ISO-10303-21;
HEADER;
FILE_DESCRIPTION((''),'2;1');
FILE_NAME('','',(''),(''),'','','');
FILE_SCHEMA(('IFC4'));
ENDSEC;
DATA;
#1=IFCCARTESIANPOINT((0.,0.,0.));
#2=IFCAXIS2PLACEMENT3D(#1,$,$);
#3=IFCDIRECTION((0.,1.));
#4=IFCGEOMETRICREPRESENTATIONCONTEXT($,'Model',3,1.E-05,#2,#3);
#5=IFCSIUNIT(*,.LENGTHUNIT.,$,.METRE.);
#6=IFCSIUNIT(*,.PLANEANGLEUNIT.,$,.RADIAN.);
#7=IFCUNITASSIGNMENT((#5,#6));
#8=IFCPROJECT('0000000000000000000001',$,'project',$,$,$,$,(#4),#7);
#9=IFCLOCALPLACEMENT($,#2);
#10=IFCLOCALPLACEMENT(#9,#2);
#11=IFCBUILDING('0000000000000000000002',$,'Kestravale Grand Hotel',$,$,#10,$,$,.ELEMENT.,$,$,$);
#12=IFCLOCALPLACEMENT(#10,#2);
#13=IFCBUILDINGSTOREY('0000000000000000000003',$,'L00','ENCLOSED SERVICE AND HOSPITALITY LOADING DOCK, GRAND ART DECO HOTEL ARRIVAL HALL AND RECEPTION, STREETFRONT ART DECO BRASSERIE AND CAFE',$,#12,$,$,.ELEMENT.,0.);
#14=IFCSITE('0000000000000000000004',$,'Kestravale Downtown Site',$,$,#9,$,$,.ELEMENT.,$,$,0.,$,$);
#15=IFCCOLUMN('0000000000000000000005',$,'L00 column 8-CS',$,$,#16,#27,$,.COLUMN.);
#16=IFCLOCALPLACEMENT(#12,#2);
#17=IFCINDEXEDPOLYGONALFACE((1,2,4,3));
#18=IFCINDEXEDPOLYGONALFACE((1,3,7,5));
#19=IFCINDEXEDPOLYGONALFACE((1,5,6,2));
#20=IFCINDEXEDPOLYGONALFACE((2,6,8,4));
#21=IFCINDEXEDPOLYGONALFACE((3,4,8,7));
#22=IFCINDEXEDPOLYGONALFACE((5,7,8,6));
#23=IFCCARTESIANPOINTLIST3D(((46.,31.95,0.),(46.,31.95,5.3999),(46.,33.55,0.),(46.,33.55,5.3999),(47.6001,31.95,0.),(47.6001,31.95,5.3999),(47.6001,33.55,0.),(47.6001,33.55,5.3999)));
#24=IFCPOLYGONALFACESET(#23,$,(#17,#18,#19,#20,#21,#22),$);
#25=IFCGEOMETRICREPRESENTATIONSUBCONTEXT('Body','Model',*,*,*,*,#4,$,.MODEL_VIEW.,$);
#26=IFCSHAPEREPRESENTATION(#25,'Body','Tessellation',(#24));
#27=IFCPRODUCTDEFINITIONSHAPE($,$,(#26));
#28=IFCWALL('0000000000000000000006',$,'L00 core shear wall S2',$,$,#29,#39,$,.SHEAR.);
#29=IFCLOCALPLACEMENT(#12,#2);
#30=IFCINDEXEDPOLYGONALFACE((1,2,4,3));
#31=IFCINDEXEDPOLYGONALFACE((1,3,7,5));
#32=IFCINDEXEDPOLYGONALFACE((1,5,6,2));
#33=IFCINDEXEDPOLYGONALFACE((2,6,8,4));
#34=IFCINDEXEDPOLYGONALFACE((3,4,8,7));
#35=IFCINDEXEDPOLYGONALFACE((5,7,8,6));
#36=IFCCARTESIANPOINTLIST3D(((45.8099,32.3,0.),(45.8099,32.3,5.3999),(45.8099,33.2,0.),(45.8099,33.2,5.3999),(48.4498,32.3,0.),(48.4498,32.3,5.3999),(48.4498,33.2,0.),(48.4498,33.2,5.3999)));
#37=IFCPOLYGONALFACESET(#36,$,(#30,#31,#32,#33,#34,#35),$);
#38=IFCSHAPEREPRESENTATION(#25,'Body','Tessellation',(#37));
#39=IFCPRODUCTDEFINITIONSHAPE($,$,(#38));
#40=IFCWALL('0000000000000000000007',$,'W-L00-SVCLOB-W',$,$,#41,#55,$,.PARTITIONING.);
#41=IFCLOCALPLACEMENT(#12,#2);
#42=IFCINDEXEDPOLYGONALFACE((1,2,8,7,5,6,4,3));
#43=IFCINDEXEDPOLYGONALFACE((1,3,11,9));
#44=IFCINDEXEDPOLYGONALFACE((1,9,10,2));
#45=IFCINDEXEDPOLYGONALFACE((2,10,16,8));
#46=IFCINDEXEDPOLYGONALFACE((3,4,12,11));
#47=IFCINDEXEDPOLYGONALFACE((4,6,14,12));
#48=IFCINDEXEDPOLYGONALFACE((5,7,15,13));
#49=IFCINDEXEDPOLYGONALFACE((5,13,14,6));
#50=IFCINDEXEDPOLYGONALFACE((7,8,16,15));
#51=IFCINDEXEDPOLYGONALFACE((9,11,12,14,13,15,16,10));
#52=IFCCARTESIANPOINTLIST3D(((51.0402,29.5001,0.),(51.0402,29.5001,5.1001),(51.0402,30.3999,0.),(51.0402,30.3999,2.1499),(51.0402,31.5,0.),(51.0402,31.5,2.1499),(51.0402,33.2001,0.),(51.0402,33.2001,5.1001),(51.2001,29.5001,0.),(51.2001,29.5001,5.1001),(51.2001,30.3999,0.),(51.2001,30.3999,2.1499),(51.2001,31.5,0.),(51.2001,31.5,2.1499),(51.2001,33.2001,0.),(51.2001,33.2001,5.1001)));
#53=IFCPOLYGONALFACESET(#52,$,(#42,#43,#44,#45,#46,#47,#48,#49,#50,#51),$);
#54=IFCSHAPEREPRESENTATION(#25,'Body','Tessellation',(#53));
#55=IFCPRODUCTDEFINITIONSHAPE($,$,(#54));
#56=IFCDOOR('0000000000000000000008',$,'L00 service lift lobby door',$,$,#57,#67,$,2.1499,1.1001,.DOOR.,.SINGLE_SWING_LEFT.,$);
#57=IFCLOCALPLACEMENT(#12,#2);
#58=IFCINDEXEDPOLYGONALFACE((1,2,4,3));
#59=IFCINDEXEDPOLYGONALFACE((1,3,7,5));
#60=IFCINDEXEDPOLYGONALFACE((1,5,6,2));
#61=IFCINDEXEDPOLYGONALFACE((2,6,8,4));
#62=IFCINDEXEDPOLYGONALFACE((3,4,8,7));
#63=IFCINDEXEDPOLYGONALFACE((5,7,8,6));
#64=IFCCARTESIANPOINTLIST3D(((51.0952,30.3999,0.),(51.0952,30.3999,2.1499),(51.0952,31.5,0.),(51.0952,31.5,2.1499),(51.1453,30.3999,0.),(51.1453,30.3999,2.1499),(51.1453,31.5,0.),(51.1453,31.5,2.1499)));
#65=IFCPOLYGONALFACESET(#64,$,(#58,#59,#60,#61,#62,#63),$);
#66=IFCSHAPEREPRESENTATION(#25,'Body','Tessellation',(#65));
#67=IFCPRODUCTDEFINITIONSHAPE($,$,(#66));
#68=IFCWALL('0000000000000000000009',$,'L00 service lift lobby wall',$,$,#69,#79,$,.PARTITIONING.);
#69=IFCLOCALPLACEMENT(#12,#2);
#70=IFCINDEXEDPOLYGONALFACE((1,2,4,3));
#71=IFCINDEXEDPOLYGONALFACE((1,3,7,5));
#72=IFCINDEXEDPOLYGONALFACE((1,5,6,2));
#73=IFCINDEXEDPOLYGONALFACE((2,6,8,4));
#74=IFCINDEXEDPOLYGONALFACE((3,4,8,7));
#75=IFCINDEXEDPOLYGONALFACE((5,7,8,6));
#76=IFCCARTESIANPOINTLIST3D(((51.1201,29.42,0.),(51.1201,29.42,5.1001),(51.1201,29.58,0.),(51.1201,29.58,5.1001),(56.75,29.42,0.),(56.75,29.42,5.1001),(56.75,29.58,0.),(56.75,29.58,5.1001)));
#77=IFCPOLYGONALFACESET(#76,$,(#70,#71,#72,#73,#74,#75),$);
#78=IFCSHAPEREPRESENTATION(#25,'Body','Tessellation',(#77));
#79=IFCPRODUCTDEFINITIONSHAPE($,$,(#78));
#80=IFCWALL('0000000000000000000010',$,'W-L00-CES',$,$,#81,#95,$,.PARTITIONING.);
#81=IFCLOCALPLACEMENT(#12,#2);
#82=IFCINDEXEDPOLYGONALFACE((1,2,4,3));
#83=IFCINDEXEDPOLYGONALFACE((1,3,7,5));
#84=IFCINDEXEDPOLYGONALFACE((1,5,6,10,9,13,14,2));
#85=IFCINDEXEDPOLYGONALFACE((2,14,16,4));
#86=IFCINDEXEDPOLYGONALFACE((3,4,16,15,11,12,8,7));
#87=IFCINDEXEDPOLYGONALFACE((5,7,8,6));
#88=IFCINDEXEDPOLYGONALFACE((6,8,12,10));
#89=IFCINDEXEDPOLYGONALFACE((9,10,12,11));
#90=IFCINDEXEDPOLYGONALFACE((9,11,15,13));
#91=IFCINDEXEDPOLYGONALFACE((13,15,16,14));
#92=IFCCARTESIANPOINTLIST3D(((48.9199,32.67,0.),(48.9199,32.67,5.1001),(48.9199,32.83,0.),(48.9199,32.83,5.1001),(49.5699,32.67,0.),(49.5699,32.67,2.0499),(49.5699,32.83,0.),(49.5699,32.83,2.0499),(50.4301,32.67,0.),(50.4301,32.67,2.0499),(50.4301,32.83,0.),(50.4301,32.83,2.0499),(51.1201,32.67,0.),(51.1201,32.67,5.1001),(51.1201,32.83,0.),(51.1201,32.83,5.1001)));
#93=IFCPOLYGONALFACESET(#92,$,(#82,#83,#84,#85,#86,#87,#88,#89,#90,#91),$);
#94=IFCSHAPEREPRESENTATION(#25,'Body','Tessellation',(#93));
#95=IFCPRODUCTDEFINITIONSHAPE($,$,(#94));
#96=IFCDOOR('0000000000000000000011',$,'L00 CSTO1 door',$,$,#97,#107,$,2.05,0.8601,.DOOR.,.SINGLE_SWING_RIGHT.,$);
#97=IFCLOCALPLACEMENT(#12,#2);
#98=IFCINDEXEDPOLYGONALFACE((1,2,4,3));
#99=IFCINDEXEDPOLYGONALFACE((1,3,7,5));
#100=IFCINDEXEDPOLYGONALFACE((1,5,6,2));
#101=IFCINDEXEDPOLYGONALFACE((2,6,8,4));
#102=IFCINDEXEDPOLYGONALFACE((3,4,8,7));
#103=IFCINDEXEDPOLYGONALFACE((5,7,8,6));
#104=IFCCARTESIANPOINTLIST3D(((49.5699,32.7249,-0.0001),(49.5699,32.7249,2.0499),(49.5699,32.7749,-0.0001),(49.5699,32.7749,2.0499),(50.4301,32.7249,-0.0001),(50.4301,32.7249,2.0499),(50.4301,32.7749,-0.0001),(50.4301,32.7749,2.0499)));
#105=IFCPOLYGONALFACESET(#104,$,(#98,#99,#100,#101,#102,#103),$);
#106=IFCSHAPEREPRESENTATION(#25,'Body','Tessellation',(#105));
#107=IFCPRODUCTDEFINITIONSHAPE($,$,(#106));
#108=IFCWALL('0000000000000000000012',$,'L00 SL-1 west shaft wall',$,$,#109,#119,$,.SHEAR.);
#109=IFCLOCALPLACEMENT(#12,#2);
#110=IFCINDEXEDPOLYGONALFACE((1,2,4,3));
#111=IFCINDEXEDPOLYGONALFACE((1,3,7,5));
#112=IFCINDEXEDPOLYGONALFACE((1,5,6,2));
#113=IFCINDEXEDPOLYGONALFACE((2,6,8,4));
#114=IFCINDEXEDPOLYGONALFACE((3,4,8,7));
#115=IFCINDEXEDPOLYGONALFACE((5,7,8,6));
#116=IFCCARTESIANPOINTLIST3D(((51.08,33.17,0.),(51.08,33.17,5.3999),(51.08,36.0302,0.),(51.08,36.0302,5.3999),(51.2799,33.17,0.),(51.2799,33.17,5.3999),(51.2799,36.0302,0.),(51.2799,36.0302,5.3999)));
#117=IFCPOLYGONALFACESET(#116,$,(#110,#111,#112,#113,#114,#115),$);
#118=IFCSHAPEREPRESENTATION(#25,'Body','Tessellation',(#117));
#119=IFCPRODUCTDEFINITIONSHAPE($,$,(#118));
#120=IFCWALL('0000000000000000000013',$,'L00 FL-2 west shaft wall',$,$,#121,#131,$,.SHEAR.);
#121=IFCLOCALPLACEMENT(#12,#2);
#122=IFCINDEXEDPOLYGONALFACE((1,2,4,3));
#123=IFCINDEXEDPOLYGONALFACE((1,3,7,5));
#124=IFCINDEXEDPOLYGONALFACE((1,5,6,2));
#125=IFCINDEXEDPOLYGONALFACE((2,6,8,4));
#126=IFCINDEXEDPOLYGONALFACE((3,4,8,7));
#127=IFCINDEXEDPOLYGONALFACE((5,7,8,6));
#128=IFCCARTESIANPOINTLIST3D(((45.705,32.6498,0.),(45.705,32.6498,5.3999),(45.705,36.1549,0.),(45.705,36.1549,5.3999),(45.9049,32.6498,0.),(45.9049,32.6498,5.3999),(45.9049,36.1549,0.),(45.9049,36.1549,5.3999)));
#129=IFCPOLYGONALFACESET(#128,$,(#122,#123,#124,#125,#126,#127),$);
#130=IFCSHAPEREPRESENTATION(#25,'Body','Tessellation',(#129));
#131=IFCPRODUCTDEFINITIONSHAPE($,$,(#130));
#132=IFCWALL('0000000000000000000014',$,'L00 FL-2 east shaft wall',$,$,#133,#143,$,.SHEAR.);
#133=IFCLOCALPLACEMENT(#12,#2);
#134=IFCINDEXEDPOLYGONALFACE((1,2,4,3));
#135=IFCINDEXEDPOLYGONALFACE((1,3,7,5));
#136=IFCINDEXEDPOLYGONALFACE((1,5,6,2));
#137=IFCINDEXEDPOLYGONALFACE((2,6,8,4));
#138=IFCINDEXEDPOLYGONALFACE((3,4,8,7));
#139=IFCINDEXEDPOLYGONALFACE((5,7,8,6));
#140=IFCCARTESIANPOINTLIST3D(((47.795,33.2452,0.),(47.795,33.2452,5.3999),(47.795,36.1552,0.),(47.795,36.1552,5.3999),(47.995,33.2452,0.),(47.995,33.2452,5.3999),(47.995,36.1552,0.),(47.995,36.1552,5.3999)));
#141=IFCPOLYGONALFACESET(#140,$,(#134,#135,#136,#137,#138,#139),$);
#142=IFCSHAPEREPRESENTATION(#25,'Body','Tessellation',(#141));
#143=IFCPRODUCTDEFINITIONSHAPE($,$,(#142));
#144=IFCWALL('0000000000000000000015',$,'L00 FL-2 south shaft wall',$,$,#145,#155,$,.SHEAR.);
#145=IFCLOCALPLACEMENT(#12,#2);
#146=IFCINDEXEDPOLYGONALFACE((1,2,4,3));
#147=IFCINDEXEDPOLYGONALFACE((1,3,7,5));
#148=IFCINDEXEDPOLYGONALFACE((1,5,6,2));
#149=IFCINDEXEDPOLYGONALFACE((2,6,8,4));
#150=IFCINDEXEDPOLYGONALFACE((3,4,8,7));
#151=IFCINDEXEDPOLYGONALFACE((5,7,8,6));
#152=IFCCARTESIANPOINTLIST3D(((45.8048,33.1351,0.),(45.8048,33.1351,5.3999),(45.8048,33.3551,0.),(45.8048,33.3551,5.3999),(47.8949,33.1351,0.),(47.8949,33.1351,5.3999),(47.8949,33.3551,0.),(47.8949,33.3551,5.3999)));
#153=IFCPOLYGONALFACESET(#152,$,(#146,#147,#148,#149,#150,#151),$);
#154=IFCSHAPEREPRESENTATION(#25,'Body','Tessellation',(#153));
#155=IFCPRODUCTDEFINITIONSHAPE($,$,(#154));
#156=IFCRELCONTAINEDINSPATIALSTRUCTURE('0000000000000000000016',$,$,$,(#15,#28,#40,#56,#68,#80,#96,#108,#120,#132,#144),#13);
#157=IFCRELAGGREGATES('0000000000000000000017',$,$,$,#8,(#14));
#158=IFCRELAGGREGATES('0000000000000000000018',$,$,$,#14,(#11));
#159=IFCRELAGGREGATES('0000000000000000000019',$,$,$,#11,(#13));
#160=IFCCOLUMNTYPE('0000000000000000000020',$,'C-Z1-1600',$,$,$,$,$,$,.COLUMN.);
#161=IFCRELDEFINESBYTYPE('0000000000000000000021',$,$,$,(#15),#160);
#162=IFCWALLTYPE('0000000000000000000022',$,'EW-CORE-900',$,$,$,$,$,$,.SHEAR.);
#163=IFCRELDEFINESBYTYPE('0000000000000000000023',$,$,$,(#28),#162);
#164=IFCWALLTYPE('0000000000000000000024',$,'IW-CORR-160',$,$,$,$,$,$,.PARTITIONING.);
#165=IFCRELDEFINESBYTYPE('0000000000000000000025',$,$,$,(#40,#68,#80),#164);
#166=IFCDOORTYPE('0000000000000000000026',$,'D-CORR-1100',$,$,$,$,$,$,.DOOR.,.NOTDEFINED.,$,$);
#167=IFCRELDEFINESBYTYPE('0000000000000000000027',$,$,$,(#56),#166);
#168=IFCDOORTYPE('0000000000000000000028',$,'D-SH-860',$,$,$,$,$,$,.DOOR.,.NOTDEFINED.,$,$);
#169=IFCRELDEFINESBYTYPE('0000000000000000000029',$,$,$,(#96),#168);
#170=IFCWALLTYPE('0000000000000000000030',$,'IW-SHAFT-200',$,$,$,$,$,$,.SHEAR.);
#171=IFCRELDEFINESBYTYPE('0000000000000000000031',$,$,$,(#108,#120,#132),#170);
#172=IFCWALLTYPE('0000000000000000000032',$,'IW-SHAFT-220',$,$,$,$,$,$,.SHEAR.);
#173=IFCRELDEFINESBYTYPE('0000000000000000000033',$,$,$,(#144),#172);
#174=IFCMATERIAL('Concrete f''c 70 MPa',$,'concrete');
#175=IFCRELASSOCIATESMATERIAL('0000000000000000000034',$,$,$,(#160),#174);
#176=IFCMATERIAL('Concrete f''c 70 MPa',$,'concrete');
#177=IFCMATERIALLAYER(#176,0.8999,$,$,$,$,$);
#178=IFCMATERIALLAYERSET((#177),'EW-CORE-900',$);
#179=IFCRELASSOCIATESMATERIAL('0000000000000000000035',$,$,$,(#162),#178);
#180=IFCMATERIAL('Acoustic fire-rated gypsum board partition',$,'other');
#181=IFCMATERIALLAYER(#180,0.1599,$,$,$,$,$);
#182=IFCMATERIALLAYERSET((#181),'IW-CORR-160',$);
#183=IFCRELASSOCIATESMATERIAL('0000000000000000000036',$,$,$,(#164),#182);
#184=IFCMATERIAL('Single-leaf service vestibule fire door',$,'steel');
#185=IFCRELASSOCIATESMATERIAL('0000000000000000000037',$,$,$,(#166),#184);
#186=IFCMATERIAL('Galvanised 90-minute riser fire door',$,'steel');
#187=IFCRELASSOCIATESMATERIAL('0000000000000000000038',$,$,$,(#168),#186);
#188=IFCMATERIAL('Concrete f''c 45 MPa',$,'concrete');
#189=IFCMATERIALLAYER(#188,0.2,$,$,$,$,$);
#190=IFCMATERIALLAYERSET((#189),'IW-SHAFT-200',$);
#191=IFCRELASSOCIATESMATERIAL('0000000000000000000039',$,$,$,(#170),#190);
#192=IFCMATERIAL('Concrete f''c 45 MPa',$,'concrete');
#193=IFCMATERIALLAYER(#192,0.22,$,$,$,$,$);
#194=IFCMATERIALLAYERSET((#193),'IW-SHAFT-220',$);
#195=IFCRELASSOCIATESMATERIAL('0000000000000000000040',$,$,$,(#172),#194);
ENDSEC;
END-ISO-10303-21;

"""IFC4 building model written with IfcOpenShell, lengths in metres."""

from ifc_helpers import new_model, si_unit, direction, frame, frame_2d, origin, origin_2d, place, context, subcontext, project, spatial, rectangle, extrude, material, layer, layer_set, material_profile, profile_set, type_object, element, fill, save


model = new_model("IFC4")

# Units and contexts
model_context = context("Model", 3, precision=1e-05, world=origin(), true_north=direction((0.0, 1.0)))
body_context = subcontext(model_context, "Body", "Model", "MODEL_VIEW")
ifc_project = project(units=[si_unit("LENGTHUNIT", "METRE"), si_unit("PLANEANGLEUNIT", "RADIAN")], contexts=[model_context])

# Site, building, storey
site_placement = place(None, origin())
site = spatial("IfcSite", under=ifc_project, at=site_placement, Name="Kestravale Downtown Site", CompositionType="ELEMENT", RefElevation=0.0)
building_placement = place(site_placement, origin())
building = spatial("IfcBuilding", under=site, at=building_placement, Name="Kestravale Grand Hotel", CompositionType="ELEMENT")
storey_placement = place(building_placement, origin())
storey = spatial("IfcBuildingStorey", under=building, at=storey_placement, Name="L00", Description="ENCLOSED SERVICE AND HOSPITALITY LOADING DOCK, GRAND ART DECO HOTEL ARRIVAL HALL AND RECEPTION, STREETFRONT ART DECO BRASSERIE AND CAFE", CompositionType="ELEMENT", Elevation=0.0)

# Column
ifc_material_1 = material(Name="Concrete f'c 70 MPa", Category="concrete")
ifc_material_profile = material_profile(ifc_material_1, rectangle(XDim=1.6001, YDim=1.6001, at=origin_2d()))
ifc_profile_set = profile_set([ifc_material_profile], Name="Concrete f'c 70 MPa")
column_type = type_object("IfcColumnType", Name="C-Z1-1600", PredefinedType="COLUMN", material=ifc_profile_set)
column_placement = place(storey_placement, frame((46.8, 32.75, 0.0), z_axis=(0.0, 0.0, 1.0), x_axis=(1.0, 0.0, 0.0)))
element("IfcColumn", 1, at=column_placement, inside=storey, type_object=column_type, Name="L00 column 8-CS", PredefinedType="COLUMN", context=body_context, shape_type="SweptSolid", body=[
    extrude(rectangle(XDim=1.6001, YDim=1.6001, at=origin_2d()), origin(), (0.0, 0.0, 1.0), 5.3999),
])

# Wall
ifc_material_2 = material(Name="Concrete f'c 70 MPa", Category="concrete")
ifc_layer_1 = layer(ifc_material_2, 0.8999)
ifc_layer_set_1 = layer_set([ifc_layer_1], Name="EW-CORE-900")
wall_type_1 = type_object("IfcWallType", Name="EW-CORE-900", PredefinedType="SHEAR", material=ifc_layer_set_1)
wall_1_placement = place(storey_placement, frame((45.8101, 32.75, 0.0), z_axis=(0.0, 0.0, 1.0), x_axis=(1.0, 0.0, 0.0)))
element("IfcWall", 2, at=wall_1_placement, inside=storey, type_object=wall_type_1, Name="L00 core shear wall S2", PredefinedType="SHEAR", context=body_context, shape_type="SweptSolid", body=[
    extrude(rectangle(XDim=2.6399, YDim=0.8999, at=frame_2d((1.3198, 0.0))), origin(), (0.0, 0.0, 1.0), 5.3999),
])

# Wall, opening, door
ifc_material_3 = material(Name="Acoustic fire-rated gypsum board partition", Category="other")
ifc_layer_2 = layer(ifc_material_3, 0.1599)
ifc_layer_set_2 = layer_set([ifc_layer_2], Name="IW-CORR-160")
wall_type_2 = type_object("IfcWallType", Name="IW-CORR-160", PredefinedType="PARTITIONING", material=ifc_layer_set_2)
wall_2_placement = place(storey_placement, frame((51.1201, 29.5, 0.0), z_axis=(0.0, 0.0, 1.0), x_axis=(0.0, 1.0, 0.0)))
wall_2 = element("IfcWall", 3, at=wall_2_placement, inside=storey, type_object=wall_type_2, Name="W-L00-SVCLOB-W", PredefinedType="PARTITIONING", context=body_context, shape_type="SweptSolid", body=[
    extrude(rectangle(XDim=3.7, YDim=0.1599, at=frame_2d((1.8501, 0.0))), origin(), (0.0, 0.0, 1.0), 5.1001),
])
opening_1_placement = place(wall_2_placement, frame((0.8999, 0.0, 0.0)))
opening_1 = element("IfcOpeningElement", 4, at=opening_1_placement, cuts=wall_2, PredefinedType="OPENING", context=body_context, shape_type="SweptSolid", body=[
    extrude(rectangle(XDim=1.1001, YDim=2.1499, at=frame_2d((0.55, 1.075))), frame((0.0, 0.0898, 0.0), z_axis=(0.0, -1.0, 0.0), x_axis=(1.0, 0.0, 0.0)), (0.0, 0.0, 1.0), 0.1799),
])
ifc_material_4 = material(Name="Single-leaf service vestibule fire door", Category="steel")
door_type_1 = type_object("IfcDoorType", Name="D-CORR-1100", OperationType="NOTDEFINED", PredefinedType="DOOR", material=ifc_material_4)
door_1_placement = place(opening_1_placement, origin())
door_1 = element("IfcDoor", 5, at=door_1_placement, inside=storey, type_object=door_type_1, Name="L00 service lift lobby door", OperationType="SINGLE_SWING_LEFT", OverallHeight=2.1499, OverallWidth=1.1001, PredefinedType="DOOR", context=body_context, shape_type="SweptSolid", body=[
    extrude(rectangle(XDim=1.1001, YDim=2.1499, at=frame_2d((0.55, 1.075))), frame((0.0, 0.0249, 0.0), z_axis=(0.0, -1.0, 0.0), x_axis=(1.0, 0.0, 0.0)), (0.0, 0.0, 1.0), 0.05),
])
fill(opening_1, door_1)

# Wall
wall_3_placement = place(storey_placement, frame((51.1201, 29.5, 0.0), z_axis=(0.0, 0.0, 1.0), x_axis=(1.0, 0.0, 0.0)))
element("IfcWall", 6, at=wall_3_placement, inside=storey, type_object=wall_type_2, Name="L00 service lift lobby wall", PredefinedType="PARTITIONING", context=body_context, shape_type="SweptSolid", body=[
    extrude(rectangle(XDim=5.6299, YDim=0.1599, at=frame_2d((2.8149, 0.0))), origin(), (0.0, 0.0, 1.0), 5.1001),
])

# Wall, opening, door
wall_4_placement = place(storey_placement, frame((48.9199, 32.75, 0.0), z_axis=(0.0, 0.0, 1.0), x_axis=(1.0, 0.0, 0.0)))
wall_4 = element("IfcWall", 7, at=wall_4_placement, inside=storey, type_object=wall_type_2, Name="W-L00-CES", PredefinedType="PARTITIONING", context=body_context, shape_type="SweptSolid", body=[
    extrude(rectangle(XDim=2.2002, YDim=0.1599, at=frame_2d((1.1001, 0.0))), origin(), (0.0, 0.0, 1.0), 5.1001),
])
opening_2_placement = place(wall_4_placement, frame((0.6499, 0.0, 0.0)))
opening_2 = element("IfcOpeningElement", 8, at=opening_2_placement, cuts=wall_4, PredefinedType="OPENING", context=body_context, shape_type="SweptSolid", body=[
    extrude(rectangle(XDim=0.8601, YDim=2.05, at=frame_2d((0.4302, 1.0249))), frame((0.0, 0.0898, 0.0), z_axis=(0.0, -1.0, 0.0), x_axis=(1.0, 0.0, 0.0)), (0.0, 0.0, 1.0), 0.1799),
])
ifc_material_5 = material(Name="Galvanised 90-minute riser fire door", Category="steel")
door_type_2 = type_object("IfcDoorType", Name="D-SH-860", OperationType="NOTDEFINED", PredefinedType="DOOR", material=ifc_material_5)
door_2_placement = place(opening_2_placement, origin())
door_2 = element("IfcDoor", 9, at=door_2_placement, inside=storey, type_object=door_type_2, Name="L00 CSTO1 door", OperationType="SINGLE_SWING_RIGHT", OverallHeight=2.05, OverallWidth=0.8601, PredefinedType="DOOR", context=body_context, shape_type="SweptSolid", body=[
    extrude(rectangle(XDim=0.8601, YDim=2.05, at=frame_2d((0.4302, 1.0249))), frame((0.0, 0.0249, 0.0), z_axis=(0.0, -1.0, 0.0), x_axis=(1.0, 0.0, 0.0)), (0.0, 0.0, 1.0), 0.05),
])
fill(opening_2, door_2)

# Walls
ifc_material_6 = material(Name="Concrete f'c 45 MPa", Category="concrete")
ifc_layer_3 = layer(ifc_material_6, 0.2)
ifc_layer_set_3 = layer_set([ifc_layer_3], Name="IW-SHAFT-200")
wall_type_3 = type_object("IfcWallType", Name="IW-SHAFT-200", PredefinedType="SHEAR", material=ifc_layer_set_3)
wall_5_placement = place(storey_placement, frame((51.1799, 33.1699, 0.0), z_axis=(0.0, 0.0, 1.0), x_axis=(0.0, 1.0, 0.0)))
element("IfcWall", 10, at=wall_5_placement, inside=storey, type_object=wall_type_3, Name="L00 SL-1 west shaft wall", PredefinedType="SHEAR", context=body_context, shape_type="SweptSolid", body=[
    extrude(rectangle(XDim=2.8601, YDim=0.2, at=frame_2d((1.4302, 0.0))), origin(), (0.0, 0.0, 1.0), 5.3999),
])
wall_6_placement = place(storey_placement, frame((45.8049, 32.6499, 0.0), z_axis=(0.0, 0.0, 1.0), x_axis=(0.0, 1.0, 0.0)))
element("IfcWall", 11, at=wall_6_placement, inside=storey, type_object=wall_type_3, Name="L00 FL-2 west shaft wall", PredefinedType="SHEAR", context=body_context, shape_type="SweptSolid", body=[
    extrude(rectangle(XDim=3.5051, YDim=0.2, at=frame_2d((1.7524, 0.0))), origin(), (0.0, 0.0, 1.0), 5.3999),
])
wall_7_placement = place(storey_placement, frame((47.895, 33.2451, 0.0), z_axis=(0.0, 0.0, 1.0), x_axis=(0.0, 1.0, 0.0)))
element("IfcWall", 12, at=wall_7_placement, inside=storey, type_object=wall_type_3, Name="L00 FL-2 east shaft wall", PredefinedType="SHEAR", context=body_context, shape_type="SweptSolid", body=[
    extrude(rectangle(XDim=2.9099, YDim=0.2, at=frame_2d((1.4551, 0.0))), origin(), (0.0, 0.0, 1.0), 5.3999),
])

# Shared definitions
ifc_material_7 = material(Name="Concrete f'c 45 MPa", Category="concrete")
ifc_layer_4 = layer(ifc_material_7, 0.22)
ifc_layer_set_4 = layer_set([ifc_layer_4], Name="IW-SHAFT-220")
wall_type_4 = type_object("IfcWallType", Name="IW-SHAFT-220", PredefinedType="SHEAR", material=ifc_layer_set_4)

# Wall
wall_8_placement = place(storey_placement, frame((45.8049, 33.2451, 0.0), z_axis=(0.0, 0.0, 1.0), x_axis=(1.0, 0.0, 0.0)))
element("IfcWall", 13, at=wall_8_placement, inside=storey, type_object=wall_type_4, Name="L00 FL-2 south shaft wall", PredefinedType="SHEAR", context=body_context, shape_type="SweptSolid", body=[
    extrude(rectangle(XDim=2.0901, YDim=0.22, at=frame_2d((1.0449, 0.0))), origin(), (0.0, 0.0, 1.0), 5.3999),
])

save(model, "model.ifc")
